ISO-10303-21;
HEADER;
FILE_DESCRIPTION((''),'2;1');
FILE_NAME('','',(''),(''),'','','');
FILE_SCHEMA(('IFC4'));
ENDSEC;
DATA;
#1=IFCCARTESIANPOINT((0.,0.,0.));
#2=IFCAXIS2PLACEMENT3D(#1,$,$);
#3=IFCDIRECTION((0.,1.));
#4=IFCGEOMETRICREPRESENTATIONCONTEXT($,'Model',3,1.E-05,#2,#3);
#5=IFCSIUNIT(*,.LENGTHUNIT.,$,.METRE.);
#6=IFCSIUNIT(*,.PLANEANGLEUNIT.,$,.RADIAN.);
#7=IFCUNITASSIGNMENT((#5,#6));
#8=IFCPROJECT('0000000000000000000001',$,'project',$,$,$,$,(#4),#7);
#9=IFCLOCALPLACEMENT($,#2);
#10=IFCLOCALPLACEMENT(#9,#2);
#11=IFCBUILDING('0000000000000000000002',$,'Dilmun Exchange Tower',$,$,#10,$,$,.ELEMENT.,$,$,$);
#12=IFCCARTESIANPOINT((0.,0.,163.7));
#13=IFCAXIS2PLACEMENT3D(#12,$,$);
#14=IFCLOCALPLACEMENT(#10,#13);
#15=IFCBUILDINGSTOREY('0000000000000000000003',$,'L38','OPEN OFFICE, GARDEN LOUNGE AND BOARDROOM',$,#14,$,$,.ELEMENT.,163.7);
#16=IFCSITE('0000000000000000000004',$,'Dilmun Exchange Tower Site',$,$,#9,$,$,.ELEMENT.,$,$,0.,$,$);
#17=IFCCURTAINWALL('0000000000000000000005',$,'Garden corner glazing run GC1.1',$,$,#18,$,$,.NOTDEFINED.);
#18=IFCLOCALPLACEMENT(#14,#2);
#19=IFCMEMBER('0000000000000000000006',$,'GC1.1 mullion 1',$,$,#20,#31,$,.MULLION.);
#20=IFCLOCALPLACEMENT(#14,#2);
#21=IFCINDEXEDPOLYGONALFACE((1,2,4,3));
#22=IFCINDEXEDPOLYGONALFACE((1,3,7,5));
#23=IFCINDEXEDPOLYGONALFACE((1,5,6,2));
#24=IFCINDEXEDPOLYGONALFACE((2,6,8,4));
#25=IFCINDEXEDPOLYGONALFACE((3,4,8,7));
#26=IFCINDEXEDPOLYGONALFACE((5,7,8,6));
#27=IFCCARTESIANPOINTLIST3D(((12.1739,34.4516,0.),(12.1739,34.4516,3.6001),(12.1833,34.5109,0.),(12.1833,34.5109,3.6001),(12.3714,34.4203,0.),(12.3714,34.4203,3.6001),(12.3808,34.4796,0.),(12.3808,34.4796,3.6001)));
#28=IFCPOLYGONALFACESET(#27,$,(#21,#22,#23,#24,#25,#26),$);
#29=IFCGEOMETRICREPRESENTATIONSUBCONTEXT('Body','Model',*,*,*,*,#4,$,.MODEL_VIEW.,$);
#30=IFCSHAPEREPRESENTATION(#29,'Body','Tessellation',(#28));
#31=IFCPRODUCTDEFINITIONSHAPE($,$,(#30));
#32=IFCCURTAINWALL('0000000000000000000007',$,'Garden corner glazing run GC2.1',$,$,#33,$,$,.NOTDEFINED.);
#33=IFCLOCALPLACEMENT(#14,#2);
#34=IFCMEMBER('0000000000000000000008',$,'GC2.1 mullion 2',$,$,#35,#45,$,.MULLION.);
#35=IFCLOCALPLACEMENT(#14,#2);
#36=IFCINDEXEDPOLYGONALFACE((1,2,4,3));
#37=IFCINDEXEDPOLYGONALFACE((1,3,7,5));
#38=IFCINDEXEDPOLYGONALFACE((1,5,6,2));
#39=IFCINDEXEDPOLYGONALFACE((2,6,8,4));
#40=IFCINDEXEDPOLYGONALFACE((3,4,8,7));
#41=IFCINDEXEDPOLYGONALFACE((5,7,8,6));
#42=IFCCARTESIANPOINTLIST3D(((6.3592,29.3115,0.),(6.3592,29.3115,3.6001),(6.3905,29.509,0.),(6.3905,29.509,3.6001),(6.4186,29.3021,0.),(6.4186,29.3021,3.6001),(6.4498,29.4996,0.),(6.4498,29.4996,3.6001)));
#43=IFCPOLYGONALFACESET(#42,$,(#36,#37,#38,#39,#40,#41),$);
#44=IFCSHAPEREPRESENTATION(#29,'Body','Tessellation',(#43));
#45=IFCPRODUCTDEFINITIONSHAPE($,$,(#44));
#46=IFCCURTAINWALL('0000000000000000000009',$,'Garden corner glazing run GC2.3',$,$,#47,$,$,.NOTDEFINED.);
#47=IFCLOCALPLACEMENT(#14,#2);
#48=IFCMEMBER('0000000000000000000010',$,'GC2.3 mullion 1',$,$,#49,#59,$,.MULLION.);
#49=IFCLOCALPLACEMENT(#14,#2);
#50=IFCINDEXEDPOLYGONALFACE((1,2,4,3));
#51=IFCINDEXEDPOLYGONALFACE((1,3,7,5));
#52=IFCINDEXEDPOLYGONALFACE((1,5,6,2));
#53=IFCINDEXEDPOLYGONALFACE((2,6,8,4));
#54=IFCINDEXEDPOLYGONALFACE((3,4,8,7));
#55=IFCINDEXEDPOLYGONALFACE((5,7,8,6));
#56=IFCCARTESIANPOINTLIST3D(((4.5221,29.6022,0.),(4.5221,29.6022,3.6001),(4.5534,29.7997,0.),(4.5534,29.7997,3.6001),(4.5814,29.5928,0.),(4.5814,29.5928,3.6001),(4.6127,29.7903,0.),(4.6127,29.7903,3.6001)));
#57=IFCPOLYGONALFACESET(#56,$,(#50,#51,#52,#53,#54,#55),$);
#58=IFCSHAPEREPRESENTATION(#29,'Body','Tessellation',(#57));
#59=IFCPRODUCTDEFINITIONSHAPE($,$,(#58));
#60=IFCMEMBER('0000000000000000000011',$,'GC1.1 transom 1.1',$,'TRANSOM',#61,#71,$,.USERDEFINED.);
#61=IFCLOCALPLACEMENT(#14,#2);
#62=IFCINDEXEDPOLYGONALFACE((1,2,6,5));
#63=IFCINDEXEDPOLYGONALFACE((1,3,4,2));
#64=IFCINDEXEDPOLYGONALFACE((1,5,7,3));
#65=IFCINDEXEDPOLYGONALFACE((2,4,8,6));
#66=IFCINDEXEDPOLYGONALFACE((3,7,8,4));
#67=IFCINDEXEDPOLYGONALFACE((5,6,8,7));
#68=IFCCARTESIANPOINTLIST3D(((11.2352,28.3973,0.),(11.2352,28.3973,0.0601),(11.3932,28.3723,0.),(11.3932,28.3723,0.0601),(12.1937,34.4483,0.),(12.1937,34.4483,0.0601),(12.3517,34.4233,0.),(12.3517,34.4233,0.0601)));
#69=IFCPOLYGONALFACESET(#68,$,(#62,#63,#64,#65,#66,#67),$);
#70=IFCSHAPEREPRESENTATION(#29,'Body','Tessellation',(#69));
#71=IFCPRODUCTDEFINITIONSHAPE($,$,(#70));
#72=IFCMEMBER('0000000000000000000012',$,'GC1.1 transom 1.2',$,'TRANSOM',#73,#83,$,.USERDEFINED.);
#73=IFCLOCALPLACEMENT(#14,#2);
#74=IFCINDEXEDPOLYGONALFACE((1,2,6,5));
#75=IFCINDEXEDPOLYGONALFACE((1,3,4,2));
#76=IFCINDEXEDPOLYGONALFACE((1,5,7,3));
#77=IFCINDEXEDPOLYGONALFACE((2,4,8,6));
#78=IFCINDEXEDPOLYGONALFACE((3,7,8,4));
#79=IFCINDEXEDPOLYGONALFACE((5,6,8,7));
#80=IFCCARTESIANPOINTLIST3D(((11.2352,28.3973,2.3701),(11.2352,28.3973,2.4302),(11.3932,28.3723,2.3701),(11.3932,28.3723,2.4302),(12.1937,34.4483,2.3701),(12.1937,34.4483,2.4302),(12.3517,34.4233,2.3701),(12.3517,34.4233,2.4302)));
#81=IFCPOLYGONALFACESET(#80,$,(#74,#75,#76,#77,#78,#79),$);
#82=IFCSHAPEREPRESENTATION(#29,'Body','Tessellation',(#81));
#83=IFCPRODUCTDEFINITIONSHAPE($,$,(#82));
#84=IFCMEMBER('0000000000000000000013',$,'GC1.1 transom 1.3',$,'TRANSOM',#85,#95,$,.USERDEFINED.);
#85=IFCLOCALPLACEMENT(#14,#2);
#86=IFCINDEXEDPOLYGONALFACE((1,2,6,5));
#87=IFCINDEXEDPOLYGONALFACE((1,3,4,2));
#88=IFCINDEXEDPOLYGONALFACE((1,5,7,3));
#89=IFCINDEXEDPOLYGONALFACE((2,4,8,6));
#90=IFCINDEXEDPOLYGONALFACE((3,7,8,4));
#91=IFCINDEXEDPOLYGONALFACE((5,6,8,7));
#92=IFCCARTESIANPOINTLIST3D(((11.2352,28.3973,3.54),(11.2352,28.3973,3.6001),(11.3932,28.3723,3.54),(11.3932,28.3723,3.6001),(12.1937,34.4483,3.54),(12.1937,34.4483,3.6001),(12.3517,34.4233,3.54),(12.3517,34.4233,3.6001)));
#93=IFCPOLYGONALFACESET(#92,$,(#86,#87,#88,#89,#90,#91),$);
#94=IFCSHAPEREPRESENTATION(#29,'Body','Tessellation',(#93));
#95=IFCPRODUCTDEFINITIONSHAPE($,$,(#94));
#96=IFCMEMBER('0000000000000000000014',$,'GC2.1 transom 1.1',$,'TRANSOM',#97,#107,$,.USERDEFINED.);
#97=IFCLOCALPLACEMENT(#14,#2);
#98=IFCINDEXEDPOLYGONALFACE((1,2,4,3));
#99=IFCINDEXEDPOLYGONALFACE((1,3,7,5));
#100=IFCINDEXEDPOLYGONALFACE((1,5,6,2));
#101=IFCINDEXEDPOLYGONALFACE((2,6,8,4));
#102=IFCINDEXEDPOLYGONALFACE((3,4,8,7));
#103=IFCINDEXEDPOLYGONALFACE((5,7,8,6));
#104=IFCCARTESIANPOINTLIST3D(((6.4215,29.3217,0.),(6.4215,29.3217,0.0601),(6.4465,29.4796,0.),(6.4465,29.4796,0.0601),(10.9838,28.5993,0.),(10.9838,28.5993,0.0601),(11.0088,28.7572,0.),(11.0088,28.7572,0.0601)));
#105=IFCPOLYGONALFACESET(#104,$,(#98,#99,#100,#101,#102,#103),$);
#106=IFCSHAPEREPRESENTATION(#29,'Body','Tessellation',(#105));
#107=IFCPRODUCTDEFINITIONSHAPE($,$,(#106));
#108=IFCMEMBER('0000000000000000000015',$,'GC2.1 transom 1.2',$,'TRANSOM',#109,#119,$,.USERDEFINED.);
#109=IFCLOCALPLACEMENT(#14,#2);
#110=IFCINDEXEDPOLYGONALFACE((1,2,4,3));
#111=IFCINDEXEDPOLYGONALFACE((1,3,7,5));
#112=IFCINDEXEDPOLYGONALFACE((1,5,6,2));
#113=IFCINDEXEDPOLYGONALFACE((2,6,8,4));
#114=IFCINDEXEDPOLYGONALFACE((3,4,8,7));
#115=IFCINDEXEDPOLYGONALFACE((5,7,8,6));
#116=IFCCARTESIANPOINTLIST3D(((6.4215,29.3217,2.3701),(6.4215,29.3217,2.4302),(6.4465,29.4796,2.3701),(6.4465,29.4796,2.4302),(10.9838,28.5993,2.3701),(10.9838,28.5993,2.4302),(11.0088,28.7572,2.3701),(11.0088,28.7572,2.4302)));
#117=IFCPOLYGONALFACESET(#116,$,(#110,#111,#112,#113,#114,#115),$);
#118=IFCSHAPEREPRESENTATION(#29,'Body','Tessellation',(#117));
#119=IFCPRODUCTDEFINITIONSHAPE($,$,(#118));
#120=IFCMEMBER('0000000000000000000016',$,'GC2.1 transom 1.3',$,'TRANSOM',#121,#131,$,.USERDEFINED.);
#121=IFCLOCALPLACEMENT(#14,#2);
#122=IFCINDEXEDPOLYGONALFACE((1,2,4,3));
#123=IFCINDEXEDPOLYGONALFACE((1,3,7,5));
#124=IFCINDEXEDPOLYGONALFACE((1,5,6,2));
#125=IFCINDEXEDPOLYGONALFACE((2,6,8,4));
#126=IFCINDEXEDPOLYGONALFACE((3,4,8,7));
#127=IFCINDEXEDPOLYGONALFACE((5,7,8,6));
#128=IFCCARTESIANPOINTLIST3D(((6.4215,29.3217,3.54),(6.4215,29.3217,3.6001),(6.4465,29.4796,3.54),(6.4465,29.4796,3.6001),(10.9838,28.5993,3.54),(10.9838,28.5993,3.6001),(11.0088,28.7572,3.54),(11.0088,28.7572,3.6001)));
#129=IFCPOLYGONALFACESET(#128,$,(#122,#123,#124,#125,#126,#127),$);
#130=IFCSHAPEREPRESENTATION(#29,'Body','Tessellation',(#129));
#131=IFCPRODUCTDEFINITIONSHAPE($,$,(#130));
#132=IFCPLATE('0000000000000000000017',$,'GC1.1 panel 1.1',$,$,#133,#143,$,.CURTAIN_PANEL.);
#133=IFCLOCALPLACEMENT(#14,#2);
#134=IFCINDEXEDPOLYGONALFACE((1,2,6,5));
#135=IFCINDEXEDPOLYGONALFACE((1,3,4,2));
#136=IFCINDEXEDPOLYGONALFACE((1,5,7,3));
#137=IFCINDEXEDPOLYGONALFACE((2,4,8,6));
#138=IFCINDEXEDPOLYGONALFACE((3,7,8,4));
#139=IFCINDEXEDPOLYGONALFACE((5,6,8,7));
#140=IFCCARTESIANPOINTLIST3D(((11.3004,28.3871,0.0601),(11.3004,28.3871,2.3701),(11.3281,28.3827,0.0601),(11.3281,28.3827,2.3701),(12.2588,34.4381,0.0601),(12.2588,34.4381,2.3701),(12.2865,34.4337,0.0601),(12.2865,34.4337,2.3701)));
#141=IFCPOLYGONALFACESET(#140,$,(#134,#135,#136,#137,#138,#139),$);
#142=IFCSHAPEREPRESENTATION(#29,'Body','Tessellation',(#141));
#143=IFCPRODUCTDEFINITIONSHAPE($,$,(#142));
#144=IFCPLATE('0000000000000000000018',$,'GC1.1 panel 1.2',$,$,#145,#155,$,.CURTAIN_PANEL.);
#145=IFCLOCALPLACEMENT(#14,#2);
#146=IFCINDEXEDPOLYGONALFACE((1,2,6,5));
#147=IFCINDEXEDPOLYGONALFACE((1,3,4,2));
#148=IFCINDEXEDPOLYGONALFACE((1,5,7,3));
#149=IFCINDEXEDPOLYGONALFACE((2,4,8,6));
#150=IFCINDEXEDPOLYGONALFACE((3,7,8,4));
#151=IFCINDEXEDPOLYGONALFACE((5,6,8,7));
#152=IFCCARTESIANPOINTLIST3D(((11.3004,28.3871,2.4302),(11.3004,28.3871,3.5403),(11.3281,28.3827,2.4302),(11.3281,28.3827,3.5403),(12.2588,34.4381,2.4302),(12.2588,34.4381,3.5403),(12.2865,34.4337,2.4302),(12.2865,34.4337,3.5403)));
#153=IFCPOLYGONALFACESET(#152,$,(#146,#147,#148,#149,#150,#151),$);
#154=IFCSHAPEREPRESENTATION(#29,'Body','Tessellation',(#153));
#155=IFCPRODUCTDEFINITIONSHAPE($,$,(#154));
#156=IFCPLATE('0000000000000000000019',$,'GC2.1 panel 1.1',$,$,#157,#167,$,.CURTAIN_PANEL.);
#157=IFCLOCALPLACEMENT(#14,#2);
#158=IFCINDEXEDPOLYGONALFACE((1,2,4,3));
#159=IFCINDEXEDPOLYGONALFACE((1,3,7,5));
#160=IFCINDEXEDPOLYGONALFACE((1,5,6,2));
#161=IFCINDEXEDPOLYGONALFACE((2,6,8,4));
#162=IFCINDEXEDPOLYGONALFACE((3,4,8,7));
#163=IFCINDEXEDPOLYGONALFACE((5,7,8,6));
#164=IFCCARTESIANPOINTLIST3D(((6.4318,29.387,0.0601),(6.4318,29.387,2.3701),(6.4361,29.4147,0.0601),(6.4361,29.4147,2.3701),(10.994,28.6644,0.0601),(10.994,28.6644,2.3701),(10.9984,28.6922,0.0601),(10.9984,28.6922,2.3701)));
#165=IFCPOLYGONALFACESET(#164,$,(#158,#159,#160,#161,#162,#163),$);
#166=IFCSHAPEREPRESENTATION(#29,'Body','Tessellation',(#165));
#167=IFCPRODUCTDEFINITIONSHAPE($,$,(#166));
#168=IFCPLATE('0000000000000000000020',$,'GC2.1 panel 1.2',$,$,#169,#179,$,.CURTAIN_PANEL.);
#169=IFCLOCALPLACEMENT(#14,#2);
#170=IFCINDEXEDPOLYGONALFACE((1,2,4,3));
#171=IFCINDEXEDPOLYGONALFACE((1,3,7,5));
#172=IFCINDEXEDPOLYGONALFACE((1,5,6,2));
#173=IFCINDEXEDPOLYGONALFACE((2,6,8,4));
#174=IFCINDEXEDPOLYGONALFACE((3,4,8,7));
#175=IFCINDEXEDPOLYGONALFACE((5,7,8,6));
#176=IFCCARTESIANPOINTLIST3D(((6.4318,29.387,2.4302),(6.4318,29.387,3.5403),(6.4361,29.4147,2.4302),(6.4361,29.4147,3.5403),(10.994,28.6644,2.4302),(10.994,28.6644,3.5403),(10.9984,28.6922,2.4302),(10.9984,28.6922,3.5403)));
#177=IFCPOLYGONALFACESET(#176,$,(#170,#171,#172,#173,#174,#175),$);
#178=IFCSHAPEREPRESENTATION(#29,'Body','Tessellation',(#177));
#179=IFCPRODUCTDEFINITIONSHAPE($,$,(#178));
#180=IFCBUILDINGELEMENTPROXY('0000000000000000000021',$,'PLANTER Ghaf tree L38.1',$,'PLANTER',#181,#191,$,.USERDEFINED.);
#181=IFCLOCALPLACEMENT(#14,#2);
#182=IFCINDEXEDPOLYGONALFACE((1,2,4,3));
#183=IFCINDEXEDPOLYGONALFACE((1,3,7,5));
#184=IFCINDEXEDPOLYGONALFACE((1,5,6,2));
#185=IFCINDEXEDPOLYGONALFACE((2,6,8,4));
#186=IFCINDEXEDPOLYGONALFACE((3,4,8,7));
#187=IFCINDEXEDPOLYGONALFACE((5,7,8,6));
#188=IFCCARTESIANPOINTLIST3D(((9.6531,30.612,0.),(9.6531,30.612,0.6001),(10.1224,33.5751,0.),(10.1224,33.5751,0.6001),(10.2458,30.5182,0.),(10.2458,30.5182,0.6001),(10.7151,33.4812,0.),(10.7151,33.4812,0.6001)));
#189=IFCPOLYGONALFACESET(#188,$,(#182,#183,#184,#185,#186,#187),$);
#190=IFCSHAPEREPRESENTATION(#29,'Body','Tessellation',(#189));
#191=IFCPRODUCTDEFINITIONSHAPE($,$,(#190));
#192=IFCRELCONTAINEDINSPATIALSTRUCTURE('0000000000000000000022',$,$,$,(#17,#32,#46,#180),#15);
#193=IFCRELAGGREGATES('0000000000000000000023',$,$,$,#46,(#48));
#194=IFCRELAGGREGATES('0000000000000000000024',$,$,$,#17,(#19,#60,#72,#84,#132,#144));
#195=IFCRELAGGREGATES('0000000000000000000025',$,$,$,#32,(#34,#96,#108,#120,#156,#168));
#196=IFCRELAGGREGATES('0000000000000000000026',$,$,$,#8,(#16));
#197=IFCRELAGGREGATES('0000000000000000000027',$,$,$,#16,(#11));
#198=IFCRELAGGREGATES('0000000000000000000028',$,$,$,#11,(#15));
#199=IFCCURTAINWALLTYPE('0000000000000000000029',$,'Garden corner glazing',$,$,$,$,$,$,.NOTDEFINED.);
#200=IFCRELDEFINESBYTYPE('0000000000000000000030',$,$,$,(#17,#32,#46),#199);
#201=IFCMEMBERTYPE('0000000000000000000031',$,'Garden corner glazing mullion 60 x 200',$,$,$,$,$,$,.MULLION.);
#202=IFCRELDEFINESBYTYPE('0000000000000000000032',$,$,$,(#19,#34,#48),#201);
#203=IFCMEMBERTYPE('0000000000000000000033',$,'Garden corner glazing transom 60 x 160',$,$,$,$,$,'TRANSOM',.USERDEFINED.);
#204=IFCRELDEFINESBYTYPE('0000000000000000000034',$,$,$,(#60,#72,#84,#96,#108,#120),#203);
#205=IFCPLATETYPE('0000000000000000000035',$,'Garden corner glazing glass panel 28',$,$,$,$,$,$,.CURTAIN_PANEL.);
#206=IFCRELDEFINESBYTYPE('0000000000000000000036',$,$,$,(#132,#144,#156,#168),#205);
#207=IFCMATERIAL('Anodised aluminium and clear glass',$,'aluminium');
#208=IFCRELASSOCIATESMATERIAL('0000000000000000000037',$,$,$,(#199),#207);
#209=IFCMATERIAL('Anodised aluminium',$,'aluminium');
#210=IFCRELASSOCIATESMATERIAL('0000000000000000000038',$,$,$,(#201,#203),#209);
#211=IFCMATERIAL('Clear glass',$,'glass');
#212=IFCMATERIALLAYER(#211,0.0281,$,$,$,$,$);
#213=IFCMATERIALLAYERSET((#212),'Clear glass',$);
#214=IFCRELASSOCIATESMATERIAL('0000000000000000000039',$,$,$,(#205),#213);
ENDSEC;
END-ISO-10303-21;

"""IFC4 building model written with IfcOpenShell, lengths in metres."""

from ifc_helpers import new_model, si_unit, direction, frame, origin, origin_2d, place, context, subcontext, project, spatial, rectangle, extrude, material, layer, layer_set, material_profile, profile_set, type_object, element, aggregate, save


model = new_model("IFC4")

# Units and contexts
model_context = context("Model", 3, precision=1e-05, world=origin(), true_north=direction((0.0, 1.0)))
body_context = subcontext(model_context, "Body", "Model", "MODEL_VIEW")
ifc_project = project(units=[si_unit("LENGTHUNIT", "METRE"), si_unit("PLANEANGLEUNIT", "RADIAN")], contexts=[model_context])

# Site, building, storey
site_placement = place(None, origin())
site = spatial("IfcSite", under=ifc_project, at=site_placement, Name="Dilmun Exchange Tower Site", CompositionType="ELEMENT", RefElevation=0.0)
building_placement = place(site_placement, origin())
building = spatial("IfcBuilding", under=site, at=building_placement, Name="Dilmun Exchange Tower", CompositionType="ELEMENT")
storey_placement = place(building_placement, frame((0.0, 0.0, 163.7)))
storey = spatial("IfcBuildingStorey", under=building, at=storey_placement, Name="L38", Description="OPEN OFFICE, GARDEN LOUNGE AND BOARDROOM", CompositionType="ELEMENT", Elevation=163.7)

# Curtain walls, members
ifc_material_1 = material(Name="Anodised aluminium and clear glass", Category="aluminium")
curtain_wall_type = type_object("IfcCurtainWallType", Name="Garden corner glazing", PredefinedType="NOTDEFINED", material=ifc_material_1)
curtain_wall_1_placement = place(storey_placement, origin())
curtain_wall_1 = element("IfcCurtainWall", 1, at=curtain_wall_1_placement, inside=storey, type_object=curtain_wall_type, Name="Garden corner glazing run GC1.1", PredefinedType="NOTDEFINED")
ifc_material_2 = material(Name="Anodised aluminium", Category="aluminium")
ifc_material_profile_1 = material_profile(ifc_material_2, rectangle(XDim=0.2, YDim=0.0601, at=origin_2d()), Name="AL 60x200")
ifc_profile_set_1 = profile_set([ifc_material_profile_1], Name="Anodised aluminium")
member_type_1 = type_object("IfcMemberType", Name="Garden corner glazing mullion 60 x 200", PredefinedType="MULLION", material=ifc_profile_set_1)
member_1_placement = place(storey_placement, frame((12.2773, 34.4656, 0.0), z_axis=(0.0, 0.0, 1.0), x_axis=(0.987688, -0.156439, 0.0)))
member_1 = element("IfcMember", 2, at=member_1_placement, type_object=member_type_1, Name="GC1.1 mullion 1", PredefinedType="MULLION", context=body_context, shape_type="SweptSolid", body=[
    extrude(rectangle(XDim=0.2, YDim=0.0601, at=origin_2d()), origin(), (0.0, 0.0, 1.0), 3.6001),
])
curtain_wall_2_placement = place(storey_placement, origin())
curtain_wall_2 = element("IfcCurtainWall", 3, at=curtain_wall_2_placement, inside=storey, type_object=curtain_wall_type, Name="Garden corner glazing run GC2.1", PredefinedType="NOTDEFINED")
member_2_placement = place(storey_placement, frame((6.4045, 29.4055, 0.0), z_axis=(0.0, 0.0, 1.0), x_axis=(-0.156421, -0.98769, 0.0)))
member_2 = element("IfcMember", 4, at=member_2_placement, type_object=member_type_1, Name="GC2.1 mullion 2", PredefinedType="MULLION", context=body_context, shape_type="SweptSolid", body=[
    extrude(rectangle(XDim=0.2, YDim=0.0601, at=origin_2d()), origin(), (0.0, 0.0, 1.0), 3.6001),
])
curtain_wall_3_placement = place(storey_placement, origin())
curtain_wall_3 = element("IfcCurtainWall", 5, at=curtain_wall_3_placement, inside=storey, type_object=curtain_wall_type, Name="Garden corner glazing run GC2.3", PredefinedType="NOTDEFINED")
member_3_placement = place(storey_placement, frame((4.5674, 29.6963, 0.0), z_axis=(0.0, 0.0, 1.0), x_axis=(-0.156489, -0.98768, 0.0)))
member_3 = element("IfcMember", 6, at=member_3_placement, type_object=member_type_1, Name="GC2.3 mullion 1", PredefinedType="MULLION", context=body_context, shape_type="SweptSolid", body=[
    extrude(rectangle(XDim=0.2, YDim=0.0601, at=origin_2d()), origin(), (0.0, 0.0, 1.0), 3.6001),
])
aggregate(curtain_wall_3, [member_3])

# Members
ifc_material_profile_2 = material_profile(ifc_material_2, rectangle(XDim=0.1599, YDim=0.0601, at=origin_2d()), Name="AL 60x160")
ifc_profile_set_2 = profile_set([ifc_material_profile_2], Name="Anodised aluminium")
member_type_2 = type_object("IfcMemberType", Name="Garden corner glazing transom 60 x 160", ElementType="TRANSOM", PredefinedType="USERDEFINED", material=ifc_profile_set_2)
member_4_placement = place(storey_placement, frame((12.2727, 34.4358, 0.03), z_axis=(-0.156452, -0.987686, 0.0), x_axis=(0.987686, -0.156452, 0.0)))
member_4 = element("IfcMember", 7, at=member_4_placement, type_object=member_type_2, Name="GC1.1 transom 1.1", ObjectType="TRANSOM", PredefinedType="USERDEFINED", context=body_context, shape_type="SweptSolid", body=[
    extrude(rectangle(XDim=0.1599, YDim=0.0601, at=origin_2d()), origin(), (0.0, 0.0, 1.0), 6.1265),
])
member_5_placement = place(storey_placement, frame((12.2727, 34.4358, 2.4001), z_axis=(-0.156452, -0.987686, 0.0), x_axis=(0.987686, -0.156452, 0.0)))
member_5 = element("IfcMember", 8, at=member_5_placement, type_object=member_type_2, Name="GC1.1 transom 1.2", ObjectType="TRANSOM", PredefinedType="USERDEFINED", context=body_context, shape_type="SweptSolid", body=[
    extrude(rectangle(XDim=0.1599, YDim=0.0601, at=origin_2d()), origin(), (0.0, 0.0, 1.0), 6.1265),
])
member_6_placement = place(storey_placement, frame((12.2727, 34.4358, 3.5701), z_axis=(-0.156452, -0.987686, 0.0), x_axis=(0.987686, -0.156452, 0.0)))
member_6 = element("IfcMember", 9, at=member_6_placement, type_object=member_type_2, Name="GC1.1 transom 1.3", ObjectType="TRANSOM", PredefinedType="USERDEFINED", context=body_context, shape_type="SweptSolid", body=[
    extrude(rectangle(XDim=0.1599, YDim=0.0601, at=origin_2d()), origin(), (0.0, 0.0, 1.0), 6.1265),
])
member_7_placement = place(storey_placement, frame((10.9963, 28.6782, 0.03), z_axis=(-0.987694, 0.156397, 0.0), x_axis=(-0.156397, -0.987694, 0.0)))
member_7 = element("IfcMember", 10, at=member_7_placement, type_object=member_type_2, Name="GC2.1 transom 1.1", ObjectType="TRANSOM", PredefinedType="USERDEFINED", context=body_context, shape_type="SweptSolid", body=[
    extrude(rectangle(XDim=0.1599, YDim=0.0601, at=origin_2d()), origin(), (0.0, 0.0, 1.0), 4.6191),
])
member_8_placement = place(storey_placement, frame((10.9963, 28.6782, 2.4001), z_axis=(-0.987694, 0.156397, 0.0), x_axis=(-0.156397, -0.987694, 0.0)))
member_8 = element("IfcMember", 11, at=member_8_placement, type_object=member_type_2, Name="GC2.1 transom 1.2", ObjectType="TRANSOM", PredefinedType="USERDEFINED", context=body_context, shape_type="SweptSolid", body=[
    extrude(rectangle(XDim=0.1599, YDim=0.0601, at=origin_2d()), origin(), (0.0, 0.0, 1.0), 4.6191),
])
member_9_placement = place(storey_placement, frame((10.9963, 28.6782, 3.5701), z_axis=(-0.987694, 0.156397, 0.0), x_axis=(-0.156397, -0.987694, 0.0)))
member_9 = element("IfcMember", 12, at=member_9_placement, type_object=member_type_2, Name="GC2.1 transom 1.3", ObjectType="TRANSOM", PredefinedType="USERDEFINED", context=body_context, shape_type="SweptSolid", body=[
    extrude(rectangle(XDim=0.1599, YDim=0.0601, at=origin_2d()), origin(), (0.0, 0.0, 1.0), 4.6191),
])

# Plates
ifc_material_3 = material(Name="Clear glass", Category="glass")
ifc_layer_1 = layer(ifc_material_3, 0.0281)
ifc_layer_set_1 = layer_set([ifc_layer_1], Name="Clear glass")
plate_type = type_object("IfcPlateType", Name="Garden corner glazing glass panel 28", PredefinedType="CURTAIN_PANEL", material=ifc_layer_set_1)
plate_1_placement = place(storey_placement, frame((11.7935, 31.4104, 0.0601), z_axis=(0.0, 0.0, 1.0), x_axis=(-0.156439, -0.987688, 0.0)))
plate_1 = element("IfcPlate", 13, at=plate_1_placement, type_object=plate_type, Name="GC1.1 panel 1.1", PredefinedType="CURTAIN_PANEL", context=body_context, shape_type="SweptSolid", body=[
    extrude(rectangle(XDim=6.1265, YDim=0.0281, at=origin_2d()), origin(), (0.0, 0.0, 1.0), 2.3101),
])
plate_2_placement = place(storey_placement, frame((11.7935, 31.4104, 2.4302), z_axis=(0.0, 0.0, 1.0), x_axis=(-0.156439, -0.987688, 0.0)))
plate_2 = element("IfcPlate", 14, at=plate_2_placement, type_object=plate_type, Name="GC1.1 panel 1.2", PredefinedType="CURTAIN_PANEL", context=body_context, shape_type="SweptSolid", body=[
    extrude(rectangle(XDim=6.1265, YDim=0.0281, at=origin_2d()), origin(), (0.0, 0.0, 1.0), 1.1101),
])
aggregate(curtain_wall_1, [member_1, member_4, member_5, member_6, plate_1, plate_2])
plate_3_placement = place(storey_placement, frame((8.7151, 29.0396, 0.0601), z_axis=(0.0, 0.0, 1.0), x_axis=(-0.98769, 0.156421, 0.0)))
plate_3 = element("IfcPlate", 15, at=plate_3_placement, type_object=plate_type, Name="GC2.1 panel 1.1", PredefinedType="CURTAIN_PANEL", context=body_context, shape_type="SweptSolid", body=[
    extrude(rectangle(XDim=4.6191, YDim=0.0281, at=origin_2d()), origin(), (0.0, 0.0, 1.0), 2.3101),
])
plate_4_placement = place(storey_placement, frame((8.7151, 29.0396, 2.4302), z_axis=(0.0, 0.0, 1.0), x_axis=(-0.98769, 0.156421, 0.0)))
plate_4 = element("IfcPlate", 16, at=plate_4_placement, type_object=plate_type, Name="GC2.1 panel 1.2", PredefinedType="CURTAIN_PANEL", context=body_context, shape_type="SweptSolid", body=[
    extrude(rectangle(XDim=4.6191, YDim=0.0281, at=origin_2d()), origin(), (0.0, 0.0, 1.0), 1.1101),
])
aggregate(curtain_wall_2, [member_2, member_7, member_8, member_9, plate_3, plate_4])

# Building element proxy
for number, where, z_axis, x_axis, name in (
    (17, (10.1841, 32.0466, 0.0), (0.0, 0.0, 1.0), (0.156434, 0.987688, 0.0), "PLANTER Ghaf tree L38.1"),
):
    element("IfcBuildingElementProxy", number, at=place(storey_placement, frame(where, z_axis=z_axis, x_axis=x_axis)), inside=storey, Name=name, ObjectType="PLANTER", PredefinedType="USERDEFINED", context=body_context, shape_type="SweptSolid", body=[
        extrude(rectangle(XDim=3.0, YDim=0.6001, at=origin_2d()), origin(), (0.0, 0.0, 1.0), 0.6001),
    ])

save(model, "model.ifc")
